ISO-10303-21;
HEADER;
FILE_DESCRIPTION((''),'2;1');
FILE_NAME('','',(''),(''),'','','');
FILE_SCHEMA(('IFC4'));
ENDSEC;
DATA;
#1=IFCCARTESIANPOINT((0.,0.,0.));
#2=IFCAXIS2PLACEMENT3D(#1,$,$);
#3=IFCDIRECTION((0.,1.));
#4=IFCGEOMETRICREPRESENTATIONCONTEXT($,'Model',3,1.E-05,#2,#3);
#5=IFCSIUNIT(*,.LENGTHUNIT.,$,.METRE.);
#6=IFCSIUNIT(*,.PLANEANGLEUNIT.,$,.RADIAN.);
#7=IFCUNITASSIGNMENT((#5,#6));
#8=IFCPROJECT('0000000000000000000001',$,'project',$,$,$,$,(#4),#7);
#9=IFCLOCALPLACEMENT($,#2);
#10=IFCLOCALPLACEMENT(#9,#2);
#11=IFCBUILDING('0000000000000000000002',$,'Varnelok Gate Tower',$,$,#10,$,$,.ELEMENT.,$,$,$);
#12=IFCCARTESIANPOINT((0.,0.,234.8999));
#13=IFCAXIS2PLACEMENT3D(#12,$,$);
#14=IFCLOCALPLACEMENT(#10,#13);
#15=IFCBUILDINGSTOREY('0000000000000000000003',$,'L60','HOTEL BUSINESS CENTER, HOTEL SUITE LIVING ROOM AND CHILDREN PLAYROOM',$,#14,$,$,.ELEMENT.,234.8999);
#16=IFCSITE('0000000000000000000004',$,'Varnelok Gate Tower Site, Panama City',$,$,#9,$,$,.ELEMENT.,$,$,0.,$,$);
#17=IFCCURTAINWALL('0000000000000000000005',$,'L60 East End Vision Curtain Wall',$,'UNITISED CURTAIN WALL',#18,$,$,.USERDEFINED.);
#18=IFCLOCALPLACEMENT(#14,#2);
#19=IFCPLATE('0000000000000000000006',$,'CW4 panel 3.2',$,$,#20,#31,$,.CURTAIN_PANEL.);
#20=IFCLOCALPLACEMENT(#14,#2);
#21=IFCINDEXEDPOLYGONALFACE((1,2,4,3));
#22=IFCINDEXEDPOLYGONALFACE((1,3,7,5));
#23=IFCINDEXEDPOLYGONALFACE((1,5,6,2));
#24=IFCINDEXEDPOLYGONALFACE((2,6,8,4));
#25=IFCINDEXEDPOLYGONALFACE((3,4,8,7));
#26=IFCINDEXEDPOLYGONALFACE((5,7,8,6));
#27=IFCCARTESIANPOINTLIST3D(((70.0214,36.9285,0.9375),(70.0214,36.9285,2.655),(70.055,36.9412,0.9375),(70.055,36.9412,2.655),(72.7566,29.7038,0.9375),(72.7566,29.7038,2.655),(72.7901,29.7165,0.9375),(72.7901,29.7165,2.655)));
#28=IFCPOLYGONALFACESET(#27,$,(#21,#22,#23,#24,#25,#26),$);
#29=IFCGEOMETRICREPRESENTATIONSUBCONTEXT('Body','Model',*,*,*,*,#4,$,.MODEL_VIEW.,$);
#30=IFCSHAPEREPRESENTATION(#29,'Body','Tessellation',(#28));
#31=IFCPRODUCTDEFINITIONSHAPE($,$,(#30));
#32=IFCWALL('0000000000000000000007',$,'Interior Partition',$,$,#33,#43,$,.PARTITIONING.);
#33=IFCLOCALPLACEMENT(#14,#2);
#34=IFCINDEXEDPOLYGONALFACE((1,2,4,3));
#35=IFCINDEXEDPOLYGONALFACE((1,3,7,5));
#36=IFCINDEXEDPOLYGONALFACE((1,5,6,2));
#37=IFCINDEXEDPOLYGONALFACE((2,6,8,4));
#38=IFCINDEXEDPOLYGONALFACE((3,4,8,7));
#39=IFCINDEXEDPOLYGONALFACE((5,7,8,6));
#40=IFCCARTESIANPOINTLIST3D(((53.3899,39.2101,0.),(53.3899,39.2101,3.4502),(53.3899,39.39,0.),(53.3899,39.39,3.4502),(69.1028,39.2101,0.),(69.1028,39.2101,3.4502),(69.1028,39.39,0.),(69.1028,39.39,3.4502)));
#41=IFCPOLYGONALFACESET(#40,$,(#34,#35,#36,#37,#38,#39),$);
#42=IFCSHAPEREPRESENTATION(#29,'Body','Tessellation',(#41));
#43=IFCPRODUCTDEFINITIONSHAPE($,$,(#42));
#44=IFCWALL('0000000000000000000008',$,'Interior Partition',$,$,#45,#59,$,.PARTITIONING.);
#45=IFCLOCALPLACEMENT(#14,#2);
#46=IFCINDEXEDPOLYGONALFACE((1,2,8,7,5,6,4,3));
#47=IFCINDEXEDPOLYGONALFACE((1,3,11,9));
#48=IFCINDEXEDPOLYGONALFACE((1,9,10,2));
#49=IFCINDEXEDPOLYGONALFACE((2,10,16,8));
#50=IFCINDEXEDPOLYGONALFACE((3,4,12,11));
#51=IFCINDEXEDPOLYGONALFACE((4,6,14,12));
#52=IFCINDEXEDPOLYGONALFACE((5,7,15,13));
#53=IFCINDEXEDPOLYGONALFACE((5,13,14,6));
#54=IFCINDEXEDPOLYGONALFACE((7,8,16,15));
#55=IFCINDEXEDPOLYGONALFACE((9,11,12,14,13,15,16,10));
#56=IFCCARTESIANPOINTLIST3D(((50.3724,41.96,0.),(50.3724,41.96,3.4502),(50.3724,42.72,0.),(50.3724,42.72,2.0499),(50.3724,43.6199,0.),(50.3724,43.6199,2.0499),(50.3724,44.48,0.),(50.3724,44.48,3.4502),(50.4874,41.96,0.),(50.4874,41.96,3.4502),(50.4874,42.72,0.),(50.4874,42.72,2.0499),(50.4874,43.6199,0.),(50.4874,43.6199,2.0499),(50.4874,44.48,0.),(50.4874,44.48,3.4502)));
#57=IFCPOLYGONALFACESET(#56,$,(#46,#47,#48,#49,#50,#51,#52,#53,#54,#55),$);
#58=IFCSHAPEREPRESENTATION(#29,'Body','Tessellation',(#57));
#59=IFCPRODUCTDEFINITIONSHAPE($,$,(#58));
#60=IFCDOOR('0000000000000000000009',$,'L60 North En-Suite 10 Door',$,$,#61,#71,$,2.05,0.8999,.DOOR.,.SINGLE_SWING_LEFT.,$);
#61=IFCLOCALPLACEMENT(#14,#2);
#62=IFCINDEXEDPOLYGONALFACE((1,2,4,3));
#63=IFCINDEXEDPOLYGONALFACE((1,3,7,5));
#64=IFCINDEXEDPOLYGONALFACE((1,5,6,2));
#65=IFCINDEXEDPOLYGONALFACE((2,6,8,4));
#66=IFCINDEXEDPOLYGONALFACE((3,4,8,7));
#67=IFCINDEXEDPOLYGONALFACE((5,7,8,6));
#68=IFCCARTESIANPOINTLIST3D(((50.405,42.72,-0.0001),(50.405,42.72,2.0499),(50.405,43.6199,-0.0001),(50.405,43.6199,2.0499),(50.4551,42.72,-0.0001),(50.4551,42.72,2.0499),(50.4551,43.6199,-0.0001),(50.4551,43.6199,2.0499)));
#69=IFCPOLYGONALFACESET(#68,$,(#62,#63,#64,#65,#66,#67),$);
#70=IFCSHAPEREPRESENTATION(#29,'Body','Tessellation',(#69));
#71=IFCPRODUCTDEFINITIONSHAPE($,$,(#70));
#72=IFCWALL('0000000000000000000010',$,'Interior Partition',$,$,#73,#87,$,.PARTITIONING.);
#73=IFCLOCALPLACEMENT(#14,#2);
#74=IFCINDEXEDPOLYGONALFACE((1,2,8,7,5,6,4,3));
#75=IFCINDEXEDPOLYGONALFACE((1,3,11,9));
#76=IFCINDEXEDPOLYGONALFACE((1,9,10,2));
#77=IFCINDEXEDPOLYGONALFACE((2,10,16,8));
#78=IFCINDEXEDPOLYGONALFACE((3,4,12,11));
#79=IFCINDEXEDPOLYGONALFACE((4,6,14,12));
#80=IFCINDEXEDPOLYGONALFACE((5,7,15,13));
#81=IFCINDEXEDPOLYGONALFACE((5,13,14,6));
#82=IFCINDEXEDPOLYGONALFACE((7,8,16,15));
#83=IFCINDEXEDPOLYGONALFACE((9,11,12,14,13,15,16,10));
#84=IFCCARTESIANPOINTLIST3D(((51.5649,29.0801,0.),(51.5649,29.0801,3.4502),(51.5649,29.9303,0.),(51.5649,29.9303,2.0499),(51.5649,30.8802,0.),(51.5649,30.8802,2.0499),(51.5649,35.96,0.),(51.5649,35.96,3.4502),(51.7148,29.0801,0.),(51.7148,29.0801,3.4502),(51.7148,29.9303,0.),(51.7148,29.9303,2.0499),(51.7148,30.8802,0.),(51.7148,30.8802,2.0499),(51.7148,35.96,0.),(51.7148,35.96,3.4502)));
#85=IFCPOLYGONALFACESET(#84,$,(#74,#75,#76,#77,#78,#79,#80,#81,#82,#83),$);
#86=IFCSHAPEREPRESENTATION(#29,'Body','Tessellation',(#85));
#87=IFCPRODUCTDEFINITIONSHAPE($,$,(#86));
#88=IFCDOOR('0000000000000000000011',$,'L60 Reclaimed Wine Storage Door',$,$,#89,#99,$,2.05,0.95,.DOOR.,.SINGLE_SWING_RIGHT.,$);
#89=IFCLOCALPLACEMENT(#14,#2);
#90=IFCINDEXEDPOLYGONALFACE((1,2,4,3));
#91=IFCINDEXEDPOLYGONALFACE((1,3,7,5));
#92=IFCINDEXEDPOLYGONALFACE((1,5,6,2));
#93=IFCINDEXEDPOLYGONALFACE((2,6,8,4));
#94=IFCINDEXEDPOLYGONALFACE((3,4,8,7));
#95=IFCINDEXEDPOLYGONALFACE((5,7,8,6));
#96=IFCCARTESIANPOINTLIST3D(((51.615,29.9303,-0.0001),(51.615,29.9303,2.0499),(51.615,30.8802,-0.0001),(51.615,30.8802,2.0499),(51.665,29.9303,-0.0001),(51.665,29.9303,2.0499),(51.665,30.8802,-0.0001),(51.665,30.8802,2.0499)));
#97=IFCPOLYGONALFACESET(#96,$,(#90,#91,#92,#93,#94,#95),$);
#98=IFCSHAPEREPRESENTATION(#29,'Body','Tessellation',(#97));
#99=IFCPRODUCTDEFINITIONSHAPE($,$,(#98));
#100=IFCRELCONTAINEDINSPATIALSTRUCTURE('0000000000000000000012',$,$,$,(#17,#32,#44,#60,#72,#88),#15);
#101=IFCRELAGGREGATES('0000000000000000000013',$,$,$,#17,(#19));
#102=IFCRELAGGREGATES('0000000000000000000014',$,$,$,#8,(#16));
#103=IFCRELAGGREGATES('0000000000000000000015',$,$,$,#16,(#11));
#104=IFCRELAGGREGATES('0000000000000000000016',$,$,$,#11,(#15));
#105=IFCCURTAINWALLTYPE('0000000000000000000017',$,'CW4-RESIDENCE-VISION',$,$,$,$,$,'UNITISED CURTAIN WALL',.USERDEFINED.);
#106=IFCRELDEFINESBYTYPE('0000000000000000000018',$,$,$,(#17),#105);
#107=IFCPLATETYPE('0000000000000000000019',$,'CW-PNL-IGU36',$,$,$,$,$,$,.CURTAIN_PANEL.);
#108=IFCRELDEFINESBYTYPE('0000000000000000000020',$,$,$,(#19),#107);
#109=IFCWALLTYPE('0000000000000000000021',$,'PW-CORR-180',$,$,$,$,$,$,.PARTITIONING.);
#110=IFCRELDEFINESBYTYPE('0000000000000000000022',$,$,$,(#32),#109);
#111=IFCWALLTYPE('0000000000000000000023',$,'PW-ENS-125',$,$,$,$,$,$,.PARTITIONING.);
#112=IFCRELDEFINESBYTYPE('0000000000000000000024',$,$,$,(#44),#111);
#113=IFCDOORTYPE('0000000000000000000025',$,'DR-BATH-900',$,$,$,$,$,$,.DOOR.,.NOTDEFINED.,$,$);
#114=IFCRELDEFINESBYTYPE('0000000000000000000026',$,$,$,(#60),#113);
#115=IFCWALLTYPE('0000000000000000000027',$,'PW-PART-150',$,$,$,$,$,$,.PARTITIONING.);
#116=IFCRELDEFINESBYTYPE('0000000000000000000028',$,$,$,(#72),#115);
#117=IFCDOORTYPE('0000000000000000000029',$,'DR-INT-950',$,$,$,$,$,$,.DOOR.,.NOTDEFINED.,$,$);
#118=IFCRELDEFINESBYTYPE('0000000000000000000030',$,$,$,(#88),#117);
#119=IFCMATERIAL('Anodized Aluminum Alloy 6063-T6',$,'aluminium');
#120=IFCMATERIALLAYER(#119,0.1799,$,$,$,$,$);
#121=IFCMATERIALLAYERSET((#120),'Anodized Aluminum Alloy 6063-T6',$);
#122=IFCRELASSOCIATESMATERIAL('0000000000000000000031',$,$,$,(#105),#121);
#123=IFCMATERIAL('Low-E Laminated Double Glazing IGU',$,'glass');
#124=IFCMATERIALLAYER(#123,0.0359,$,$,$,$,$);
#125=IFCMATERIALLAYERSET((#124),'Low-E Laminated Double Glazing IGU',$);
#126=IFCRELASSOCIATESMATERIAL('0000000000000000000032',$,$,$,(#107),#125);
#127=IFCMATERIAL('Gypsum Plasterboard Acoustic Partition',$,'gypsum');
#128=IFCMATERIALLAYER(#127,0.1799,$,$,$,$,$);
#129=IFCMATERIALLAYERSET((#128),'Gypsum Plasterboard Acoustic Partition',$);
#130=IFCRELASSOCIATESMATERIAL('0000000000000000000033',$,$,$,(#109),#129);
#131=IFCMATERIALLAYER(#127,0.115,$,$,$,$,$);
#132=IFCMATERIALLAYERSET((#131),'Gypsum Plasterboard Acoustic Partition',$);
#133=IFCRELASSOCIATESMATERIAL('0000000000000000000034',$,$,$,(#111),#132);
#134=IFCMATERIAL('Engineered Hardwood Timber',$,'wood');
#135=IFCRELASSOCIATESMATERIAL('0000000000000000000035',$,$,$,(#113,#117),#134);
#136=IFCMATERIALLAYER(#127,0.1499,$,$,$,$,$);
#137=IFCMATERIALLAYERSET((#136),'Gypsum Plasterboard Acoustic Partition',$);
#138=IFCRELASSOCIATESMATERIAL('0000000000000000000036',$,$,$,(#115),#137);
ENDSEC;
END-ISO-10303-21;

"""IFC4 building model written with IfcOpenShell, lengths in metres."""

from ifc_helpers import new_model, si_unit, direction, frame, frame_2d, origin, origin_2d, place, context, subcontext, project, spatial, rectangle, extrude, source, transform, mapped, material, layer, layer_set, type_object, element, fill, aggregate, save


model = new_model("IFC4")

# Units and contexts
model_context = context("Model", 3, precision=1e-05, world=origin(), true_north=direction((0.0, 1.0)))
body_context = subcontext(model_context, "Body", "Model", "MODEL_VIEW")
ifc_project = project(units=[si_unit("LENGTHUNIT", "METRE"), si_unit("PLANEANGLEUNIT", "RADIAN")], contexts=[model_context])

# Site, building, storey
site_placement = place(None, origin())
site = spatial("IfcSite", under=ifc_project, at=site_placement, Name="Varnelok Gate Tower Site, Panama City", CompositionType="ELEMENT", RefElevation=0.0)
building_placement = place(site_placement, origin())
building = spatial("IfcBuilding", under=site, at=building_placement, Name="Varnelok Gate Tower", CompositionType="ELEMENT")
storey_placement = place(building_placement, frame((0.0, 0.0, 234.8999)))
storey = spatial("IfcBuildingStorey", under=building, at=storey_placement, Name="L60", Description="HOTEL BUSINESS CENTER, HOTEL SUITE LIVING ROOM AND CHILDREN PLAYROOM", CompositionType="ELEMENT", Elevation=234.8999)

# Curtain wall, plate
ifc_material_1 = material(Name="Anodized Aluminum Alloy 6063-T6", Category="aluminium")
ifc_layer_1 = layer(ifc_material_1, 0.1799)
ifc_layer_set_1 = layer_set([ifc_layer_1], Name="Anodized Aluminum Alloy 6063-T6")
curtain_wall_type = type_object("IfcCurtainWallType", Name="CW4-RESIDENCE-VISION", ElementType="UNITISED CURTAIN WALL", PredefinedType="USERDEFINED", material=ifc_layer_set_1)
curtain_wall_placement = place(storey_placement, origin())
curtain_wall = element("IfcCurtainWall", 1, at=curtain_wall_placement, inside=storey, type_object=curtain_wall_type, Name="L60 East End Vision Curtain Wall", ObjectType="UNITISED CURTAIN WALL", PredefinedType="USERDEFINED")
ifc_material_2 = material(Name="Low-E Laminated Double Glazing IGU", Category="glass")
ifc_layer_2 = layer(ifc_material_2, 0.0359)
ifc_layer_set_2 = layer_set([ifc_layer_2], Name="Low-E Laminated Double Glazing IGU")
plate_type = type_object("IfcPlateType", Name="CW-PNL-IGU36", PredefinedType="CURTAIN_PANEL", material=ifc_layer_set_2)
shared_shape_1 = source(origin(), body_context, "Body", "SweptSolid", [
    extrude(rectangle(XDim=7.7251, YDim=0.0359, at=origin_2d()), origin(), (0.0, 0.0, 1.0), 1.7175),
])
plate_1_placement = place(storey_placement, frame((71.4058, 33.3225, 0.9375), z_axis=(0.0, 0.0, 1.0), x_axis=(0.354063, -0.935222, 0.0)))
plate_1 = element("IfcPlate", 2, at=plate_1_placement, type_object=plate_type, Name="CW4 panel 3.2", PredefinedType="CURTAIN_PANEL", context=body_context, shape_type="MappedRepresentation", body=[
    mapped(shared_shape_1, transform((0.0, 0.0, 0.0), scale=1.0)),
])
aggregate(curtain_wall, [plate_1])

# Wall
ifc_material_3 = material(Name="Gypsum Plasterboard Acoustic Partition", Category="gypsum")
ifc_layer_3 = layer(ifc_material_3, 0.1799)
ifc_layer_set_3 = layer_set([ifc_layer_3], Name="Gypsum Plasterboard Acoustic Partition")
wall_type_1 = type_object("IfcWallType", Name="PW-CORR-180", PredefinedType="PARTITIONING", material=ifc_layer_set_3)
wall_1_placement = place(storey_placement, frame((53.3899, 39.3, 0.0), z_axis=(0.0, 0.0, 1.0), x_axis=(1.0, 0.0, 0.0)))
element("IfcWall", 3, at=wall_1_placement, inside=storey, type_object=wall_type_1, Name="Interior Partition", PredefinedType="PARTITIONING", context=body_context, shape_type="SweptSolid", body=[
    extrude(rectangle(XDim=15.7129, YDim=0.1799, at=frame_2d((7.8564, 0.0))), origin(), (0.0, 0.0, 1.0), 3.4502),
])

# Walls, openings, doors
ifc_layer_4 = layer(ifc_material_3, 0.115)
ifc_layer_set_4 = layer_set([ifc_layer_4], Name="Gypsum Plasterboard Acoustic Partition")
wall_type_2 = type_object("IfcWallType", Name="PW-ENS-125", PredefinedType="PARTITIONING", material=ifc_layer_set_4)
wall_2_placement = place(storey_placement, frame((50.4299, 41.96, 0.0), z_axis=(0.0, 0.0, 1.0), x_axis=(0.0, 1.0, 0.0)))
wall_2 = element("IfcWall", 4, at=wall_2_placement, inside=storey, type_object=wall_type_2, Name="Interior Partition", PredefinedType="PARTITIONING", context=body_context, shape_type="SweptSolid", body=[
    extrude(rectangle(XDim=2.52, YDim=0.115, at=frame_2d((1.26, 0.0))), origin(), (0.0, 0.0, 1.0), 3.4502),
])
opening_1_placement = place(wall_2_placement, frame((0.76, 0.0, 0.0)))
opening_1 = element("IfcOpeningElement", 5, at=opening_1_placement, cuts=wall_2, PredefinedType="OPENING", context=body_context, shape_type="SweptSolid", body=[
    extrude(rectangle(XDim=0.8999, YDim=2.05, at=frame_2d((0.45, 1.0249))), frame((0.0, 0.0674, 0.0), z_axis=(0.0, -1.0, 0.0), x_axis=(1.0, 0.0, 0.0)), (0.0, 0.0, 1.0), 0.135),
])
ifc_material_4 = material(Name="Engineered Hardwood Timber", Category="wood")
door_type_1 = type_object("IfcDoorType", Name="DR-BATH-900", OperationType="NOTDEFINED", PredefinedType="DOOR", material=ifc_material_4)
door_1_placement = place(opening_1_placement, origin())
door_1 = element("IfcDoor", 6, at=door_1_placement, inside=storey, type_object=door_type_1, Name="L60 North En-Suite 10 Door", OperationType="SINGLE_SWING_LEFT", OverallHeight=2.05, OverallWidth=0.8999, PredefinedType="DOOR", context=body_context, shape_type="SweptSolid", body=[
    extrude(rectangle(XDim=0.8999, YDim=2.05, at=frame_2d((0.45, 1.0249))), frame((0.0, 0.0249, 0.0), z_axis=(0.0, -1.0, 0.0), x_axis=(1.0, 0.0, 0.0)), (0.0, 0.0, 1.0), 0.05),
])
fill(opening_1, door_1)
ifc_layer_5 = layer(ifc_material_3, 0.1499)
ifc_layer_set_5 = layer_set([ifc_layer_5], Name="Gypsum Plasterboard Acoustic Partition")
wall_type_3 = type_object("IfcWallType", Name="PW-PART-150", PredefinedType="PARTITIONING", material=ifc_layer_set_5)
wall_3_placement = place(storey_placement, frame((51.6399, 29.0801, 0.0), z_axis=(0.0, 0.0, 1.0), x_axis=(0.0, 1.0, 0.0)))
wall_3 = element("IfcWall", 7, at=wall_3_placement, inside=storey, type_object=wall_type_3, Name="Interior Partition", PredefinedType="PARTITIONING", context=body_context, shape_type="SweptSolid", body=[
    extrude(rectangle(XDim=6.8799, YDim=0.1499, at=frame_2d((3.4399, 0.0))), origin(), (0.0, 0.0, 1.0), 3.4502),
])
opening_2_placement = place(wall_3_placement, frame((0.8501, 0.0, 0.0)))
opening_2 = element("IfcOpeningElement", 8, at=opening_2_placement, cuts=wall_3, PredefinedType="OPENING", context=body_context, shape_type="SweptSolid", body=[
    extrude(rectangle(XDim=0.95, YDim=2.05, at=frame_2d((0.4751, 1.0249))), frame((0.0, 0.085, 0.0), z_axis=(0.0, -1.0, 0.0), x_axis=(1.0, 0.0, 0.0)), (0.0, 0.0, 1.0), 0.1699),
])
door_type_2 = type_object("IfcDoorType", Name="DR-INT-950", OperationType="NOTDEFINED", PredefinedType="DOOR", material=ifc_material_4)
door_2_placement = place(opening_2_placement, origin())
door_2 = element("IfcDoor", 9, at=door_2_placement, inside=storey, type_object=door_type_2, Name="L60 Reclaimed Wine Storage Door", OperationType="SINGLE_SWING_RIGHT", OverallHeight=2.05, OverallWidth=0.95, PredefinedType="DOOR", context=body_context, shape_type="SweptSolid", body=[
    extrude(rectangle(XDim=0.95, YDim=2.05, at=frame_2d((0.4751, 1.0249))), frame((0.0, 0.0249, 0.0), z_axis=(0.0, -1.0, 0.0), x_axis=(1.0, 0.0, 0.0)), (0.0, 0.0, 1.0), 0.05),
])
fill(opening_2, door_2)

save(model, "model.ifc")
